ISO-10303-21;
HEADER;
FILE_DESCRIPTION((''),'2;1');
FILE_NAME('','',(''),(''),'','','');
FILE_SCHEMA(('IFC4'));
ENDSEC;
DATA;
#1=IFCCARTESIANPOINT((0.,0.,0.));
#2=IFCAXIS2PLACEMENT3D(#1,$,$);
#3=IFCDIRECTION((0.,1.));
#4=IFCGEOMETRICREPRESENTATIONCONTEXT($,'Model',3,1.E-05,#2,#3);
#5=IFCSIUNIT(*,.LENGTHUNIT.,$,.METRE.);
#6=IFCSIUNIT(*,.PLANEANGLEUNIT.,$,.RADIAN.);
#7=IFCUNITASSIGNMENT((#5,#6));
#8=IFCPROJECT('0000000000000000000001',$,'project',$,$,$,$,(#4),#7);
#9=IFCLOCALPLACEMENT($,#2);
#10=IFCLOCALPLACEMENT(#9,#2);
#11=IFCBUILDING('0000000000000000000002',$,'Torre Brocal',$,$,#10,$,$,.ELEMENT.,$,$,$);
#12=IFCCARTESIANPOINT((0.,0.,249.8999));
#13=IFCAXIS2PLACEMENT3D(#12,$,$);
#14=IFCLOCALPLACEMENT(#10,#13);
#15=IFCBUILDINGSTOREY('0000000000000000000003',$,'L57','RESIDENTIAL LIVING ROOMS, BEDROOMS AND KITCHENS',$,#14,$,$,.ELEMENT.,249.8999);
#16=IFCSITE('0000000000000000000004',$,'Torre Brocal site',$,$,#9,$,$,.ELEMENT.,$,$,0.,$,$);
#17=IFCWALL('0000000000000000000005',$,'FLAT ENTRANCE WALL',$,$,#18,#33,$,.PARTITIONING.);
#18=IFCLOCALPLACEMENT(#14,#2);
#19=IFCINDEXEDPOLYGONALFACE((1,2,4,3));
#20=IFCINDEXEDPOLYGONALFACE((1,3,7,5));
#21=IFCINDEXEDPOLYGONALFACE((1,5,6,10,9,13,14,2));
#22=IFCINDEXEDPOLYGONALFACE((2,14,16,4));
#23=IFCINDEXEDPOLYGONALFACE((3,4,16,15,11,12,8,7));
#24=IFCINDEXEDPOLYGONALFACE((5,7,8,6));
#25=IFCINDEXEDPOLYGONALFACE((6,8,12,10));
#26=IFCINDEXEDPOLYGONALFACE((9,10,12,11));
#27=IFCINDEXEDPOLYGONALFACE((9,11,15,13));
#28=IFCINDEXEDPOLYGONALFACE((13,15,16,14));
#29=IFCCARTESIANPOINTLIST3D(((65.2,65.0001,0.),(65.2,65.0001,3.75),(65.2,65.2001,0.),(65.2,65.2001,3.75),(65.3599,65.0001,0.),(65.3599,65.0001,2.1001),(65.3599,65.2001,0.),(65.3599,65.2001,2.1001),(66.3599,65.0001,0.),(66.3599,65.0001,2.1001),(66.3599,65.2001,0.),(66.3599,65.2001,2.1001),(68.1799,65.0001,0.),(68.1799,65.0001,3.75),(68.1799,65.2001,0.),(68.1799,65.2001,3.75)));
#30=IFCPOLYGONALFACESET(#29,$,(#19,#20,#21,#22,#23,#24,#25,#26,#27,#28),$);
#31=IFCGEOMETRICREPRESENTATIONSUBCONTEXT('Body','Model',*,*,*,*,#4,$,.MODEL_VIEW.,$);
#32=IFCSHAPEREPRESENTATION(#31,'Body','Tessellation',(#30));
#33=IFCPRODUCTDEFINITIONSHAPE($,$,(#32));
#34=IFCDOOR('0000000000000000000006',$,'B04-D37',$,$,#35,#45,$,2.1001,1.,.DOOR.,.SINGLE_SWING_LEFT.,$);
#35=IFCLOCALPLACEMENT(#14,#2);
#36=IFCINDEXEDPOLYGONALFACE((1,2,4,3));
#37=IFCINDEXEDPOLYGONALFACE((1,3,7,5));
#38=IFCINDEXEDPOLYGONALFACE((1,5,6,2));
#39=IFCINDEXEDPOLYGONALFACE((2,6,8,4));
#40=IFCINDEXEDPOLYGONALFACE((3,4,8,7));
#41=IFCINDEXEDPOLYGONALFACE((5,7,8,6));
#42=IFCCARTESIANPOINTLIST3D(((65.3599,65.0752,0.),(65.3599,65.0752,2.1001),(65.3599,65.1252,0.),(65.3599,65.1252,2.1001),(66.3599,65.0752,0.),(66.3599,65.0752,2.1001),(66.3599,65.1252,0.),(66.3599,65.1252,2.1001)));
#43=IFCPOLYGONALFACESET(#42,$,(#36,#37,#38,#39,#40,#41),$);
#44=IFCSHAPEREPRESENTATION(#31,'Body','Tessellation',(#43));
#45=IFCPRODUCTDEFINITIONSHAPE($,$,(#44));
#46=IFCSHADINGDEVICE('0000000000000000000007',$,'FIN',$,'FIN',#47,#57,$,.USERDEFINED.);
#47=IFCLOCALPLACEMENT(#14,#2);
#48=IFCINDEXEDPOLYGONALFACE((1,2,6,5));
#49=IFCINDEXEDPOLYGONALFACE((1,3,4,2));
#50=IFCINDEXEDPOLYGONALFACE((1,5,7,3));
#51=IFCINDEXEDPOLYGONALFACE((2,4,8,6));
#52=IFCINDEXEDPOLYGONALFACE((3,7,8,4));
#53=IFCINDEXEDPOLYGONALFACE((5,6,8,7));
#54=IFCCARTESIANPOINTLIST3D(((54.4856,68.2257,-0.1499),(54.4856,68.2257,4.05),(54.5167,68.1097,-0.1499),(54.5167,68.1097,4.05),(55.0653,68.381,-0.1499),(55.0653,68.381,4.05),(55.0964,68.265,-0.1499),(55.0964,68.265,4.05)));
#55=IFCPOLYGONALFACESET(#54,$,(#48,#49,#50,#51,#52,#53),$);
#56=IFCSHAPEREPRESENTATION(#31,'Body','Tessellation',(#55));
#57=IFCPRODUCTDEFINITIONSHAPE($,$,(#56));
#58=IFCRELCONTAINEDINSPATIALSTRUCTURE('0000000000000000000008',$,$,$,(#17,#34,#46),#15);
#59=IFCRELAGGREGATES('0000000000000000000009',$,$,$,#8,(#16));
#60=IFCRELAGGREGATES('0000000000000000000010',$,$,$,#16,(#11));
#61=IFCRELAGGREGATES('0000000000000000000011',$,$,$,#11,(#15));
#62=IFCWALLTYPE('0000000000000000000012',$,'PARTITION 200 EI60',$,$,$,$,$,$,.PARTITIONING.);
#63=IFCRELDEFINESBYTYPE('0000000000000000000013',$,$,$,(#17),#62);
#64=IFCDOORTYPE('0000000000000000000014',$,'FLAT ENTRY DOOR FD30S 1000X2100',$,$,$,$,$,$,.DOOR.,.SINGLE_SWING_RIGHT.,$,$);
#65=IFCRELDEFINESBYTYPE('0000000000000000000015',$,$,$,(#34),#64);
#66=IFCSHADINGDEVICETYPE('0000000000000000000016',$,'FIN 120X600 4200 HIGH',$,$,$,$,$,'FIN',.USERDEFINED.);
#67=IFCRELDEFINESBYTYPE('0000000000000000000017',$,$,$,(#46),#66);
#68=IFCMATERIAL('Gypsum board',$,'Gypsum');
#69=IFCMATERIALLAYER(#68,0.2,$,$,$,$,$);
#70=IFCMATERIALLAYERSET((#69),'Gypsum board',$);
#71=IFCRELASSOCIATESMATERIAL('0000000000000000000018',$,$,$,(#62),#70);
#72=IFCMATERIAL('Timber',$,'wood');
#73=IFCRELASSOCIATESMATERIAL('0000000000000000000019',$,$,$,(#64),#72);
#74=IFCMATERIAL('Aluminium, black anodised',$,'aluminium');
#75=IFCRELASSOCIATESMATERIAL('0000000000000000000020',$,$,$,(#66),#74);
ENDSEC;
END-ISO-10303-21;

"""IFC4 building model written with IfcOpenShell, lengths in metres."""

from ifc_helpers import new_model, si_unit, direction, frame, frame_2d, origin, origin_2d, place, context, subcontext, project, spatial, rectangle, extrude, material, layer, layer_set, material_profile, profile_set, type_object, element, fill, save


model = new_model("IFC4")

# Units and contexts
model_context = context("Model", 3, precision=1e-05, world=origin(), true_north=direction((0.0, 1.0)))
body_context = subcontext(model_context, "Body", "Model", "MODEL_VIEW")
ifc_project = project(units=[si_unit("LENGTHUNIT", "METRE"), si_unit("PLANEANGLEUNIT", "RADIAN")], contexts=[model_context])

# Site, building, storey
site_placement = place(None, origin())
site = spatial("IfcSite", under=ifc_project, at=site_placement, Name="Torre Brocal site", CompositionType="ELEMENT", RefElevation=0.0)
building_placement = place(site_placement, origin())
building = spatial("IfcBuilding", under=site, at=building_placement, Name="Torre Brocal", CompositionType="ELEMENT")
storey_placement = place(building_placement, frame((0.0, 0.0, 249.8999)))
storey = spatial("IfcBuildingStorey", under=building, at=storey_placement, Name="L57", Description="RESIDENTIAL LIVING ROOMS, BEDROOMS AND KITCHENS", CompositionType="ELEMENT", Elevation=249.8999)

# Wall, opening, door
ifc_material_1 = material(Name="Gypsum board", Category="Gypsum")
ifc_layer_1 = layer(ifc_material_1, 0.2)
ifc_layer_set_1 = layer_set([ifc_layer_1], Name="Gypsum board")
wall_type_1 = type_object("IfcWallType", Name="PARTITION 200 EI60", PredefinedType="PARTITIONING", material=ifc_layer_set_1)
wall_1_placement = place(storey_placement, frame((65.2, 65.1001, 0.0), z_axis=(0.0, 0.0, 1.0), x_axis=(1.0, 0.0, 0.0)))
wall_1 = element("IfcWall", 1, at=wall_1_placement, inside=storey, type_object=wall_type_1, Name="FLAT ENTRANCE WALL", PredefinedType="PARTITIONING", context=body_context, shape_type="SweptSolid", body=[
    extrude(rectangle(XDim=2.98, YDim=0.2, at=frame_2d((1.49, 0.0))), origin(), (0.0, 0.0, 1.0), 3.75),
])
opening_1_placement = place(wall_1_placement, frame((0.1599, 0.0, 0.0)))
opening_1 = element("IfcOpeningElement", 2, at=opening_1_placement, cuts=wall_1, PredefinedType="OPENING", context=body_context, shape_type="SweptSolid", body=[
    extrude(rectangle(XDim=1.0, YDim=2.1001, at=frame_2d((0.5, 1.05))), frame((0.0, 0.1099, 0.0), z_axis=(0.0, -1.0, 0.0), x_axis=(1.0, 0.0, 0.0)), (0.0, 0.0, 1.0), 0.22),
])
ifc_material_2 = material(Name="Timber", Category="wood")
door_type_1 = type_object("IfcDoorType", Name="FLAT ENTRY DOOR FD30S 1000X2100", OperationType="SINGLE_SWING_RIGHT", PredefinedType="DOOR", material=ifc_material_2)
door_1_placement = place(opening_1_placement, frame((1.0, 0.0, 0.0), z_axis=(0.0, 0.0, 1.0), x_axis=(-1.0, 0.0, 0.0)))
door_1 = element("IfcDoor", 3, at=door_1_placement, inside=storey, type_object=door_type_1, Name="B04-D37", OperationType="SINGLE_SWING_LEFT", OverallHeight=2.1001, OverallWidth=1.0, PredefinedType="DOOR", context=body_context, shape_type="SweptSolid", body=[
    extrude(rectangle(XDim=1.0, YDim=2.1001, at=frame_2d((0.5, 1.05))), frame((0.0, 0.0249, 0.0), z_axis=(0.0, -1.0, 0.0), x_axis=(1.0, 0.0, 0.0)), (0.0, 0.0, 1.0), 0.05),
])
fill(opening_1, door_1)

# Shading device
ifc_material_3 = material(Name="Aluminium, black anodised", Category="aluminium")
ifc_material_profile_1 = material_profile(ifc_material_3, rectangle(XDim=0.1201, YDim=0.6001, at=origin_2d()), Name="FIN 120X600 4200 HIGH")
ifc_profile_set_1 = profile_set([ifc_material_profile_1], Name="Aluminium, black anodised")
shading_device_type = type_object("IfcShadingDeviceType", Name="FIN 120X600 4200 HIGH", ElementType="FIN", PredefinedType="USERDEFINED", material=ifc_profile_set_1)
shading_device_placement = place(storey_placement, frame((54.791, 68.2454, -0.1499), z_axis=(0.0, 0.0, 1.0), x_axis=(0.258819, -0.965926, 0.0)))
element("IfcShadingDevice", 4, at=shading_device_placement, inside=storey, type_object=shading_device_type, Name="FIN", ObjectType="FIN", PredefinedType="USERDEFINED", context=body_context, shape_type="SweptSolid", body=[
    extrude(rectangle(XDim=0.1201, YDim=0.6001, at=origin_2d()), origin(), (0.0, 0.0, 1.0), 4.2),
])

save(model, "model.ifc")
